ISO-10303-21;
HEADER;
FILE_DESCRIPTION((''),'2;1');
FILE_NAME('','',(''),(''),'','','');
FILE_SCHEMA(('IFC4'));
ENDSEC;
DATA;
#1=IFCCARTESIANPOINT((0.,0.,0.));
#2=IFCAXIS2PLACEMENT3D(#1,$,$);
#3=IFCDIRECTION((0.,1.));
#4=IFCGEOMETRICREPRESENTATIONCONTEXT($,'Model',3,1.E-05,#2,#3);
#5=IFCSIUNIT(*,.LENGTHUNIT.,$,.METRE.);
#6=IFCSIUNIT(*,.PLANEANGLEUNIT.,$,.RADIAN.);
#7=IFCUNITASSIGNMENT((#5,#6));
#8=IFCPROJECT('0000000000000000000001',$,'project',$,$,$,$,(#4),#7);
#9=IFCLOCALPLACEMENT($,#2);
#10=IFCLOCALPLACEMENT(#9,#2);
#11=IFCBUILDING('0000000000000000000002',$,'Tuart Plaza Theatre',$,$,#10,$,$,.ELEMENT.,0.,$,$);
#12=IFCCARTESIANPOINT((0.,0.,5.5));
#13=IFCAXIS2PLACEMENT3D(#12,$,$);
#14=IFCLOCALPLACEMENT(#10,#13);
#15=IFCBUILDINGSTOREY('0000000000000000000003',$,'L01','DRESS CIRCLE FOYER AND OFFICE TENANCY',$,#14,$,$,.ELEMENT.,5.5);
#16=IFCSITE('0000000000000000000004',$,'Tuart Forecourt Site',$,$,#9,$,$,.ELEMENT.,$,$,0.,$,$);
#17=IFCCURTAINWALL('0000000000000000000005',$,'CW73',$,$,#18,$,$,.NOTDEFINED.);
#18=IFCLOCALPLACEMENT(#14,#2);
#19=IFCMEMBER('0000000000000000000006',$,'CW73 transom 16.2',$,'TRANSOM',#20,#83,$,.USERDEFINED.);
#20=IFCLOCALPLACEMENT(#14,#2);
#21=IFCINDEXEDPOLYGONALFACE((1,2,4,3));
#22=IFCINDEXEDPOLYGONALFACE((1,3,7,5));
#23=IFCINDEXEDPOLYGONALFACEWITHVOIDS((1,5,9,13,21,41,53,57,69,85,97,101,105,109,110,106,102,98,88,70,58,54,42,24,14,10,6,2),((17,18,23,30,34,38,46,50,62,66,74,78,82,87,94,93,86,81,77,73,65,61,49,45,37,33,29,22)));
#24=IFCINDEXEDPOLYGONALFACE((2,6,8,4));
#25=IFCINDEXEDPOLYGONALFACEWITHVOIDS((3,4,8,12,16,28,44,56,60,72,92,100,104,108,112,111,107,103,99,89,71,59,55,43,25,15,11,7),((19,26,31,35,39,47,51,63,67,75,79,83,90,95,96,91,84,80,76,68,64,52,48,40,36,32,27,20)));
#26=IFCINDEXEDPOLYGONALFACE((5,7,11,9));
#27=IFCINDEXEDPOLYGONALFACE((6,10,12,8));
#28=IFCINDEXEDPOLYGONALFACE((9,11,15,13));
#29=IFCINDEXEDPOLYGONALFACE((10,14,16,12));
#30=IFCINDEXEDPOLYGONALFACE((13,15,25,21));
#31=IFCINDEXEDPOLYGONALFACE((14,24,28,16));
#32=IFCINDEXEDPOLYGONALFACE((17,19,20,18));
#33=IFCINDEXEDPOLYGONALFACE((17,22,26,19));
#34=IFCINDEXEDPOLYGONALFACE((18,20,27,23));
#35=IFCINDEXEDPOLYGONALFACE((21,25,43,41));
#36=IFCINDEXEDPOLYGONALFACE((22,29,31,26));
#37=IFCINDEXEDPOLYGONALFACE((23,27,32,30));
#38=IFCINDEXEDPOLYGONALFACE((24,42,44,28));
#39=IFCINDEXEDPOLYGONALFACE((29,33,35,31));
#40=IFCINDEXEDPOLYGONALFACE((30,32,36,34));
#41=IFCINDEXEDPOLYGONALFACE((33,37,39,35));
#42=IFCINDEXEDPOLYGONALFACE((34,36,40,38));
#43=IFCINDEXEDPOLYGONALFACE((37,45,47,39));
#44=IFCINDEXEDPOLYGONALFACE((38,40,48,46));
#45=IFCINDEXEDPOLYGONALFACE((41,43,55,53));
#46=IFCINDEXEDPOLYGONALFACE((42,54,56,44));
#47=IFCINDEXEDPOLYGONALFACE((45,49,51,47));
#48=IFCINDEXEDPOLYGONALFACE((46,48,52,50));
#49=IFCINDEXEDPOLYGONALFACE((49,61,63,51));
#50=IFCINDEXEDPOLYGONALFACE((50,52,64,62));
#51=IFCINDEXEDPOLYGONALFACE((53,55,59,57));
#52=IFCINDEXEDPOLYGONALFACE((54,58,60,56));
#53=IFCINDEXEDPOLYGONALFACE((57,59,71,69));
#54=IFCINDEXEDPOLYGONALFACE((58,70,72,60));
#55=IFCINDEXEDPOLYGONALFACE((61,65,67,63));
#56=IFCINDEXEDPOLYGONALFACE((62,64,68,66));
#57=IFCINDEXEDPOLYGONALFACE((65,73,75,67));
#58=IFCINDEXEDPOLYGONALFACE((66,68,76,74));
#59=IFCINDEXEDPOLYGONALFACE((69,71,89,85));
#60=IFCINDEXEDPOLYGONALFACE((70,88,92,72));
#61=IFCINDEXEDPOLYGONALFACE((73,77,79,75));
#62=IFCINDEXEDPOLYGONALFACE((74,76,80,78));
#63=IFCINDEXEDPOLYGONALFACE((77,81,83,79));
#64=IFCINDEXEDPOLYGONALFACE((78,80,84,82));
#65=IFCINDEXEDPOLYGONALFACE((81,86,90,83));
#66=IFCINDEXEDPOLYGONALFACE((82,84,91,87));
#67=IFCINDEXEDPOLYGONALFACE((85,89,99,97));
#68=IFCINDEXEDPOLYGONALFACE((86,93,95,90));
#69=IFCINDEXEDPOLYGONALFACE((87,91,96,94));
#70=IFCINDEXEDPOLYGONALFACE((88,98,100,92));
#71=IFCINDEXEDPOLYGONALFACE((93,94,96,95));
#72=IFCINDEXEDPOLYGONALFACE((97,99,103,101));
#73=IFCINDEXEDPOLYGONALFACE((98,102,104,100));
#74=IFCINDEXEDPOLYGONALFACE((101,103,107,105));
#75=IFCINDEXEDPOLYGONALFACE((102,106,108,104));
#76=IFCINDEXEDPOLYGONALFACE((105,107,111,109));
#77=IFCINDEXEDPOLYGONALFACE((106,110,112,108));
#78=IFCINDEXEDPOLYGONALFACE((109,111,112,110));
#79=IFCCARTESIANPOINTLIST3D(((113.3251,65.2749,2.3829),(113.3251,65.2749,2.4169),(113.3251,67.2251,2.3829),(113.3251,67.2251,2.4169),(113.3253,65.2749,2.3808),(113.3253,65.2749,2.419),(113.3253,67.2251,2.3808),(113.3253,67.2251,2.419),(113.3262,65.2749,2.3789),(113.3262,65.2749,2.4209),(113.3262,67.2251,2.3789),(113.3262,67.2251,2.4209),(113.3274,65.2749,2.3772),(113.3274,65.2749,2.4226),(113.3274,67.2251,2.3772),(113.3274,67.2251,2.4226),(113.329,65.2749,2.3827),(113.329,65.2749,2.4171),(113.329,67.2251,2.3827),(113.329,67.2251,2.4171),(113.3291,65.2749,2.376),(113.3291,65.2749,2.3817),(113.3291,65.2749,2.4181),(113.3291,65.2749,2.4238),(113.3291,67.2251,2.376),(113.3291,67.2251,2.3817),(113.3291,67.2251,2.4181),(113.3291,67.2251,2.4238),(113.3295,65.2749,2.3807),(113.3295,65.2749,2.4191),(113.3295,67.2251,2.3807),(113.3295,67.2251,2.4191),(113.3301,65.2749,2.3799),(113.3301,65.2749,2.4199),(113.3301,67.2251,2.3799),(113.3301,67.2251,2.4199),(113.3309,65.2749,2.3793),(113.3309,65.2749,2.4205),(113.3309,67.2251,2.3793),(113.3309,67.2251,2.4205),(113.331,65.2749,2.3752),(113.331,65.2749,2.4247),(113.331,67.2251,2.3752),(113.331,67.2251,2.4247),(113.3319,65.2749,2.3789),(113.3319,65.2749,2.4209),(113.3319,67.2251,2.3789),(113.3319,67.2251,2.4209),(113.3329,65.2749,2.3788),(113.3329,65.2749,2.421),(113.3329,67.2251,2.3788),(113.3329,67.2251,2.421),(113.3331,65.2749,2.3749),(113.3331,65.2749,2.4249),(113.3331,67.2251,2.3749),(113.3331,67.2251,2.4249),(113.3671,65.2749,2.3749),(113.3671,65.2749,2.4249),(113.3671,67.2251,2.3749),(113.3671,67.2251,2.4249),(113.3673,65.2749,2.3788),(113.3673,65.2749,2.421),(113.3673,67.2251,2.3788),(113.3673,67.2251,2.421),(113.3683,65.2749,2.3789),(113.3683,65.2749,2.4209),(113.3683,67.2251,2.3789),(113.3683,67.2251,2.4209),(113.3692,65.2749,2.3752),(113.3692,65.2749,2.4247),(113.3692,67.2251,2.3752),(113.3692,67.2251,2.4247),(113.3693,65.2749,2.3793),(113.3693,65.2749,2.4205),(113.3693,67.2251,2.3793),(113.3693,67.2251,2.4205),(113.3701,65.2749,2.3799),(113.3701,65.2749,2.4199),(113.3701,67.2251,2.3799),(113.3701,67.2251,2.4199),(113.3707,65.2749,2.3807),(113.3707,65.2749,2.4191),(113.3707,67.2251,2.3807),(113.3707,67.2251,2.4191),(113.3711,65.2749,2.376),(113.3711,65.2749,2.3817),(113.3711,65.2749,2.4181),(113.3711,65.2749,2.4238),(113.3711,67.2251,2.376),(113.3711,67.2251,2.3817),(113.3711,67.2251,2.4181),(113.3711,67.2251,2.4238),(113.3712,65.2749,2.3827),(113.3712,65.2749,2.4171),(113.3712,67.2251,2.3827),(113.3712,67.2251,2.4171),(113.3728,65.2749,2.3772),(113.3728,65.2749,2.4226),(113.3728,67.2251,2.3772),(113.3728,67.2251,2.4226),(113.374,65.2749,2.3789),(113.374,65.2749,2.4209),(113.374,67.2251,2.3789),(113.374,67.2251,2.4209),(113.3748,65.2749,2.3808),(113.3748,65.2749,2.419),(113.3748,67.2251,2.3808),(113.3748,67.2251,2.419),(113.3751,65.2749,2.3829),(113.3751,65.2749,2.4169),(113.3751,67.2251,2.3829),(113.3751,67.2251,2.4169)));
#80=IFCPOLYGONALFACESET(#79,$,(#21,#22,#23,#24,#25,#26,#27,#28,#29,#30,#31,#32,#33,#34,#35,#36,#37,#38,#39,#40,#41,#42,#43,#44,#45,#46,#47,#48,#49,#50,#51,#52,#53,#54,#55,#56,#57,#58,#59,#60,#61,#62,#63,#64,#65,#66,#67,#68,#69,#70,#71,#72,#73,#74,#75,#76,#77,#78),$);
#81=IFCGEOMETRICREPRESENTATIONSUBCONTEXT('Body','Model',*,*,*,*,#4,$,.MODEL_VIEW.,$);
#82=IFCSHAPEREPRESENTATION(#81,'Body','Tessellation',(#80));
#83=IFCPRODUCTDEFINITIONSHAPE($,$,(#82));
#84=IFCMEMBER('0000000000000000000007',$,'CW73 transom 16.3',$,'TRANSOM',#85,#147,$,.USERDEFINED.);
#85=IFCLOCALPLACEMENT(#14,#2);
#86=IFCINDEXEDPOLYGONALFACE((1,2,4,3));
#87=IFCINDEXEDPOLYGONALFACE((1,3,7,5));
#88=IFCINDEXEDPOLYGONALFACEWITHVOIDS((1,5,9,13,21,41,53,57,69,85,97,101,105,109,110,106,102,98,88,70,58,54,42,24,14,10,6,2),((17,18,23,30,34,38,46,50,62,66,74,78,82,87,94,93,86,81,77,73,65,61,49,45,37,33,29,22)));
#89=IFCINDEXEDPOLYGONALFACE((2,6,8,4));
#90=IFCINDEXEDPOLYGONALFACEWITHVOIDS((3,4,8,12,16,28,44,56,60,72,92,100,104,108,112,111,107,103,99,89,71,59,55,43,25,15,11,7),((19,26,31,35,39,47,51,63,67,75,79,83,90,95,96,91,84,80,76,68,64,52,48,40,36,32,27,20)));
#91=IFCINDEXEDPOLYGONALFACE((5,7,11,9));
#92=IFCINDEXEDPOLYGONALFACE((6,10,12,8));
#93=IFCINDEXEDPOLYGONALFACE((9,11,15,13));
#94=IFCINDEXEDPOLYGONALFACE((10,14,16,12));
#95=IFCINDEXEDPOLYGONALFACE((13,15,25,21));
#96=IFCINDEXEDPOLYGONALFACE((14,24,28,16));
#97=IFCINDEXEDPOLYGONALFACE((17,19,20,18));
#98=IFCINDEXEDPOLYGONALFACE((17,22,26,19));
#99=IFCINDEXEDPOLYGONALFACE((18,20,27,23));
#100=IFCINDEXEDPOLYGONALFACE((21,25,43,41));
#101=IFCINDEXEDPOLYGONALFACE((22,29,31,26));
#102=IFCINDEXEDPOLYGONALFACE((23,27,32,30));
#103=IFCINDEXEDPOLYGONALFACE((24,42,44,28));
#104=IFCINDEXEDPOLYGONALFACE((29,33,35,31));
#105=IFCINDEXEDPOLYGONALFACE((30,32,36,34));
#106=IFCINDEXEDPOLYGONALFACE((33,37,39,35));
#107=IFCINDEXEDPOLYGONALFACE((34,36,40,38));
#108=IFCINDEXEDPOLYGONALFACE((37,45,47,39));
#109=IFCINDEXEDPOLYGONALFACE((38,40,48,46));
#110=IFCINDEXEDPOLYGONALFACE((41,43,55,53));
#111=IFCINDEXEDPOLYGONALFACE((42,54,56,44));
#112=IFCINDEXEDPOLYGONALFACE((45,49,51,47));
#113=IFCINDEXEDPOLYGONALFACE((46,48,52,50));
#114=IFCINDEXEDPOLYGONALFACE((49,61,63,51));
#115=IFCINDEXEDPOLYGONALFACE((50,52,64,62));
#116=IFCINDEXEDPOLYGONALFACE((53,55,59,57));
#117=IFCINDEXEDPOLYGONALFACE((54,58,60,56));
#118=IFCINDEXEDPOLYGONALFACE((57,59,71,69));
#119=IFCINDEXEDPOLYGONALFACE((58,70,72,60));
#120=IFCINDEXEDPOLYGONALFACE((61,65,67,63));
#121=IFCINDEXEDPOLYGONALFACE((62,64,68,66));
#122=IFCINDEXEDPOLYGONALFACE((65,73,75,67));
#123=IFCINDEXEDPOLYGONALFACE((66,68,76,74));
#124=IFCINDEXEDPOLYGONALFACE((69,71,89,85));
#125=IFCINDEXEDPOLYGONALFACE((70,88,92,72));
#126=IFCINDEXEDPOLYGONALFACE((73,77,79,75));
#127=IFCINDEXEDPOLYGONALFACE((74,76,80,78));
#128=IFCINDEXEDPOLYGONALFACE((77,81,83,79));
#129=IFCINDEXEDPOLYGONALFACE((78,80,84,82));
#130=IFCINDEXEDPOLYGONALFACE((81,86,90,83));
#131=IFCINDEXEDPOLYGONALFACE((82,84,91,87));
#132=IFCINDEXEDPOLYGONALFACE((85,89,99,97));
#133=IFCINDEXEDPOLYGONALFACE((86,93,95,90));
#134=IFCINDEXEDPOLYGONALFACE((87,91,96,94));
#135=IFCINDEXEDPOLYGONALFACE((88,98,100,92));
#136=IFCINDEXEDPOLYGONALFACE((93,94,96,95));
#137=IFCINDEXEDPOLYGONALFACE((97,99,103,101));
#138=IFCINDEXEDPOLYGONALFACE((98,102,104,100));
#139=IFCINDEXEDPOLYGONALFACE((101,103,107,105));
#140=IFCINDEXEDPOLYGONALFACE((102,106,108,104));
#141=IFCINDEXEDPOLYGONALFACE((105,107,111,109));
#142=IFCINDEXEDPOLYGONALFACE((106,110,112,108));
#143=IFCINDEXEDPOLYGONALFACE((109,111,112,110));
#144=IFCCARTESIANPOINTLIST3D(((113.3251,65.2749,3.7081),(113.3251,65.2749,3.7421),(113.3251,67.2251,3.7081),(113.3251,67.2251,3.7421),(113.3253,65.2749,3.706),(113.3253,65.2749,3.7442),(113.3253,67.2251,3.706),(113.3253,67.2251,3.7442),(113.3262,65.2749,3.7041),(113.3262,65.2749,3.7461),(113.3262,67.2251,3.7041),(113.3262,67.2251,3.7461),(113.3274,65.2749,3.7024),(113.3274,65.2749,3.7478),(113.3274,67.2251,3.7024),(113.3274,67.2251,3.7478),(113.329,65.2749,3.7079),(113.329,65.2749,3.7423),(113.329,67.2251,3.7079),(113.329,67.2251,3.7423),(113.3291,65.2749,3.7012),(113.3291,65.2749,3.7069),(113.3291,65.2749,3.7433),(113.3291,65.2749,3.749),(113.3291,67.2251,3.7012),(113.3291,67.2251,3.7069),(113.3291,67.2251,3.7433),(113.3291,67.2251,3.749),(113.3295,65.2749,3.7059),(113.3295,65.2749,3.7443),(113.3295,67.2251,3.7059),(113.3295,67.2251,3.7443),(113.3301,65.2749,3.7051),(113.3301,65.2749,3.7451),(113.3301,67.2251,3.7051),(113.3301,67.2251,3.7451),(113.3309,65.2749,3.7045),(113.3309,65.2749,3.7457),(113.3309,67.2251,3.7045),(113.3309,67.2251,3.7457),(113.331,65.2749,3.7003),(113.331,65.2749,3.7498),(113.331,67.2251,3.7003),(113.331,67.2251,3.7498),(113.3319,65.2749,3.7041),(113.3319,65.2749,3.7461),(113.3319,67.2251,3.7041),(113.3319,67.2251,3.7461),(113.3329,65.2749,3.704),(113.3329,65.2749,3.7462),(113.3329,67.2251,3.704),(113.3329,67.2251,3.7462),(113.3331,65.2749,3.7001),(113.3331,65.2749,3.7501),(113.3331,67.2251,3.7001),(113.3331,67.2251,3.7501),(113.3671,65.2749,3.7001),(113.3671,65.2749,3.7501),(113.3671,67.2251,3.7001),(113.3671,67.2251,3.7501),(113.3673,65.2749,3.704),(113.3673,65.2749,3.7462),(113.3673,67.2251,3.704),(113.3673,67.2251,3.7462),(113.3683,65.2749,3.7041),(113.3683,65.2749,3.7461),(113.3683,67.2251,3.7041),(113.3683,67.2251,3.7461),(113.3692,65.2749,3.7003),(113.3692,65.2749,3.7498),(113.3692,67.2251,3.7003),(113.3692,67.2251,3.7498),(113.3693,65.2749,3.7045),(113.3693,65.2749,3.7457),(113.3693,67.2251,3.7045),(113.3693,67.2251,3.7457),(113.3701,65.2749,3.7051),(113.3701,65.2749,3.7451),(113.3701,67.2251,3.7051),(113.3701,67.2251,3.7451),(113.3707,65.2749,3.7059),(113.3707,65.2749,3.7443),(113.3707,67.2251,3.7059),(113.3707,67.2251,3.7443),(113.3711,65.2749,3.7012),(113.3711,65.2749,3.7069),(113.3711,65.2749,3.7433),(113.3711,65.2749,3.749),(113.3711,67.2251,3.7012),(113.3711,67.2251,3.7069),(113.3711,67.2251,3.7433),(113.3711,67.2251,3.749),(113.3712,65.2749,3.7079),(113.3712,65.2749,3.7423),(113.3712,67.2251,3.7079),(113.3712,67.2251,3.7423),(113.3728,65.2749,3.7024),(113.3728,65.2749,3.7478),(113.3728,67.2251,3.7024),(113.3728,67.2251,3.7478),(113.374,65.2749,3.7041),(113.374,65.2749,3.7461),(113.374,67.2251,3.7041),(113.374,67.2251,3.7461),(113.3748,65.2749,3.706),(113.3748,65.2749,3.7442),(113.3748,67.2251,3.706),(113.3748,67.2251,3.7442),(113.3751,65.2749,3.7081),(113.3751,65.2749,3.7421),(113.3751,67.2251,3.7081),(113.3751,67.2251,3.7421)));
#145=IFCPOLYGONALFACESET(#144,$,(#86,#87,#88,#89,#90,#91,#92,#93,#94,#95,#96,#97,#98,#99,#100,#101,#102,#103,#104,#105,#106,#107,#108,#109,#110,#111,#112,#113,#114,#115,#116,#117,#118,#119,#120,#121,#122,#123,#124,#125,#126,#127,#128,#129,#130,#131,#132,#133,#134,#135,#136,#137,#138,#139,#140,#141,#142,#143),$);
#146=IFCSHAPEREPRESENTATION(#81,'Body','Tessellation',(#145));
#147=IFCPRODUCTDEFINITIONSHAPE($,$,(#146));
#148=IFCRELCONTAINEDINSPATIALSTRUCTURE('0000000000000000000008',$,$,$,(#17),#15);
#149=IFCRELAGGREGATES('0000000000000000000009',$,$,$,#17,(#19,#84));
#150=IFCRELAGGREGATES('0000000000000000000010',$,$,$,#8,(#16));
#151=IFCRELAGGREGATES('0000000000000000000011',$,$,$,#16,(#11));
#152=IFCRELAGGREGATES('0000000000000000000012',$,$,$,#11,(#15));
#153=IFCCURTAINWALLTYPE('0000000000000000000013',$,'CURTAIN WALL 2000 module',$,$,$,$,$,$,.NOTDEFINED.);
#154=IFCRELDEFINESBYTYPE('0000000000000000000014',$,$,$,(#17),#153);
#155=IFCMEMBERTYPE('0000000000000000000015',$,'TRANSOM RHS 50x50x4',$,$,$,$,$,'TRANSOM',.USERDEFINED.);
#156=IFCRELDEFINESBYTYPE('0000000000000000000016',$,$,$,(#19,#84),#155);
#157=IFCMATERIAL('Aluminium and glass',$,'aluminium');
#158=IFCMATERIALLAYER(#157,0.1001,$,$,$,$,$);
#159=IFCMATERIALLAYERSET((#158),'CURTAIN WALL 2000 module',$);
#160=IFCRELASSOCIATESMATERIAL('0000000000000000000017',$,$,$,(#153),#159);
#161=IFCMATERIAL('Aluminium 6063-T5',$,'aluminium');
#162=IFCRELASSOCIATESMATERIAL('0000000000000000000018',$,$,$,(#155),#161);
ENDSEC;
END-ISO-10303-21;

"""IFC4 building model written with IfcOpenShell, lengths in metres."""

from ifc_helpers import new_model, si_unit, direction, frame, origin, origin_2d, place, context, subcontext, project, spatial, hollow_rectangle, extrude, material, layer, layer_set, material_profile, profile_set, type_object, element, aggregate, save


model = new_model("IFC4")

# Units and contexts
model_context = context("Model", 3, precision=1e-05, world=origin(), true_north=direction((0.0, 1.0)))
body_context = subcontext(model_context, "Body", "Model", "MODEL_VIEW")
ifc_project = project(units=[si_unit("LENGTHUNIT", "METRE"), si_unit("PLANEANGLEUNIT", "RADIAN")], contexts=[model_context])

# Site, building, storey
site_placement = place(None, origin())
site = spatial("IfcSite", under=ifc_project, at=site_placement, Name="Tuart Forecourt Site", CompositionType="ELEMENT", RefElevation=0.0)
building_placement = place(site_placement, origin())
building = spatial("IfcBuilding", under=site, at=building_placement, Name="Tuart Plaza Theatre", CompositionType="ELEMENT", ElevationOfRefHeight=0.0)
storey_placement = place(building_placement, frame((0.0, 0.0, 5.5)))
storey = spatial("IfcBuildingStorey", under=building, at=storey_placement, Name="L01", Description="DRESS CIRCLE FOYER AND OFFICE TENANCY", CompositionType="ELEMENT", Elevation=5.5)

# Curtain wall, members
ifc_material_1 = material(Name="Aluminium and glass", Category="aluminium")
ifc_layer_1 = layer(ifc_material_1, 0.1001)
ifc_layer_set_1 = layer_set([ifc_layer_1], Name="CURTAIN WALL 2000 module")
curtain_wall_type = type_object("IfcCurtainWallType", Name="CURTAIN WALL 2000 module", PredefinedType="NOTDEFINED", material=ifc_layer_set_1)
curtain_wall_placement = place(storey_placement, origin())
curtain_wall = element("IfcCurtainWall", 1, at=curtain_wall_placement, inside=storey, type_object=curtain_wall_type, Name="CW73", PredefinedType="NOTDEFINED")
ifc_material_2 = material(Name="Aluminium 6063-T5", Category="aluminium")
ifc_material_profile_1 = material_profile(ifc_material_2, hollow_rectangle(XDim=0.05, YDim=0.05, WallThickness=0.0039, InnerFilletRadius=0.0039, OuterFilletRadius=0.0081, at=origin_2d()), Name="RHS 50x50x4")
ifc_profile_set_1 = profile_set([ifc_material_profile_1], Name="Aluminium 6063-T5")
member_type_1 = type_object("IfcMemberType", Name="TRANSOM RHS 50x50x4", ElementType="TRANSOM", PredefinedType="USERDEFINED", material=ifc_profile_set_1)
member_1_placement = place(storey_placement, frame((113.3501, 67.2251, 2.3999), z_axis=(0.0, -1.0, 0.0), x_axis=(1.0, 0.0, 0.0)))
member_1 = element("IfcMember", 2, at=member_1_placement, type_object=member_type_1, Name="CW73 transom 16.2", ObjectType="TRANSOM", PredefinedType="USERDEFINED", context=body_context, shape_type="SweptSolid", body=[
    extrude(hollow_rectangle(XDim=0.05, YDim=0.05, WallThickness=0.0039, InnerFilletRadius=0.0039, OuterFilletRadius=0.0081, at=origin_2d()), origin(), (0.0, 0.0, 1.0), 1.9502),
])
member_2_placement = place(storey_placement, frame((113.3501, 67.2251, 3.7251), z_axis=(0.0, -1.0, 0.0), x_axis=(1.0, 0.0, 0.0)))
member_2 = element("IfcMember", 3, at=member_2_placement, type_object=member_type_1, Name="CW73 transom 16.3", ObjectType="TRANSOM", PredefinedType="USERDEFINED", context=body_context, shape_type="SweptSolid", body=[
    extrude(hollow_rectangle(XDim=0.05, YDim=0.05, WallThickness=0.0039, InnerFilletRadius=0.0039, OuterFilletRadius=0.0081, at=origin_2d()), origin(), (0.0, 0.0, 1.0), 1.9502),
])
aggregate(curtain_wall, [member_1, member_2])

save(model, "model.ifc")
